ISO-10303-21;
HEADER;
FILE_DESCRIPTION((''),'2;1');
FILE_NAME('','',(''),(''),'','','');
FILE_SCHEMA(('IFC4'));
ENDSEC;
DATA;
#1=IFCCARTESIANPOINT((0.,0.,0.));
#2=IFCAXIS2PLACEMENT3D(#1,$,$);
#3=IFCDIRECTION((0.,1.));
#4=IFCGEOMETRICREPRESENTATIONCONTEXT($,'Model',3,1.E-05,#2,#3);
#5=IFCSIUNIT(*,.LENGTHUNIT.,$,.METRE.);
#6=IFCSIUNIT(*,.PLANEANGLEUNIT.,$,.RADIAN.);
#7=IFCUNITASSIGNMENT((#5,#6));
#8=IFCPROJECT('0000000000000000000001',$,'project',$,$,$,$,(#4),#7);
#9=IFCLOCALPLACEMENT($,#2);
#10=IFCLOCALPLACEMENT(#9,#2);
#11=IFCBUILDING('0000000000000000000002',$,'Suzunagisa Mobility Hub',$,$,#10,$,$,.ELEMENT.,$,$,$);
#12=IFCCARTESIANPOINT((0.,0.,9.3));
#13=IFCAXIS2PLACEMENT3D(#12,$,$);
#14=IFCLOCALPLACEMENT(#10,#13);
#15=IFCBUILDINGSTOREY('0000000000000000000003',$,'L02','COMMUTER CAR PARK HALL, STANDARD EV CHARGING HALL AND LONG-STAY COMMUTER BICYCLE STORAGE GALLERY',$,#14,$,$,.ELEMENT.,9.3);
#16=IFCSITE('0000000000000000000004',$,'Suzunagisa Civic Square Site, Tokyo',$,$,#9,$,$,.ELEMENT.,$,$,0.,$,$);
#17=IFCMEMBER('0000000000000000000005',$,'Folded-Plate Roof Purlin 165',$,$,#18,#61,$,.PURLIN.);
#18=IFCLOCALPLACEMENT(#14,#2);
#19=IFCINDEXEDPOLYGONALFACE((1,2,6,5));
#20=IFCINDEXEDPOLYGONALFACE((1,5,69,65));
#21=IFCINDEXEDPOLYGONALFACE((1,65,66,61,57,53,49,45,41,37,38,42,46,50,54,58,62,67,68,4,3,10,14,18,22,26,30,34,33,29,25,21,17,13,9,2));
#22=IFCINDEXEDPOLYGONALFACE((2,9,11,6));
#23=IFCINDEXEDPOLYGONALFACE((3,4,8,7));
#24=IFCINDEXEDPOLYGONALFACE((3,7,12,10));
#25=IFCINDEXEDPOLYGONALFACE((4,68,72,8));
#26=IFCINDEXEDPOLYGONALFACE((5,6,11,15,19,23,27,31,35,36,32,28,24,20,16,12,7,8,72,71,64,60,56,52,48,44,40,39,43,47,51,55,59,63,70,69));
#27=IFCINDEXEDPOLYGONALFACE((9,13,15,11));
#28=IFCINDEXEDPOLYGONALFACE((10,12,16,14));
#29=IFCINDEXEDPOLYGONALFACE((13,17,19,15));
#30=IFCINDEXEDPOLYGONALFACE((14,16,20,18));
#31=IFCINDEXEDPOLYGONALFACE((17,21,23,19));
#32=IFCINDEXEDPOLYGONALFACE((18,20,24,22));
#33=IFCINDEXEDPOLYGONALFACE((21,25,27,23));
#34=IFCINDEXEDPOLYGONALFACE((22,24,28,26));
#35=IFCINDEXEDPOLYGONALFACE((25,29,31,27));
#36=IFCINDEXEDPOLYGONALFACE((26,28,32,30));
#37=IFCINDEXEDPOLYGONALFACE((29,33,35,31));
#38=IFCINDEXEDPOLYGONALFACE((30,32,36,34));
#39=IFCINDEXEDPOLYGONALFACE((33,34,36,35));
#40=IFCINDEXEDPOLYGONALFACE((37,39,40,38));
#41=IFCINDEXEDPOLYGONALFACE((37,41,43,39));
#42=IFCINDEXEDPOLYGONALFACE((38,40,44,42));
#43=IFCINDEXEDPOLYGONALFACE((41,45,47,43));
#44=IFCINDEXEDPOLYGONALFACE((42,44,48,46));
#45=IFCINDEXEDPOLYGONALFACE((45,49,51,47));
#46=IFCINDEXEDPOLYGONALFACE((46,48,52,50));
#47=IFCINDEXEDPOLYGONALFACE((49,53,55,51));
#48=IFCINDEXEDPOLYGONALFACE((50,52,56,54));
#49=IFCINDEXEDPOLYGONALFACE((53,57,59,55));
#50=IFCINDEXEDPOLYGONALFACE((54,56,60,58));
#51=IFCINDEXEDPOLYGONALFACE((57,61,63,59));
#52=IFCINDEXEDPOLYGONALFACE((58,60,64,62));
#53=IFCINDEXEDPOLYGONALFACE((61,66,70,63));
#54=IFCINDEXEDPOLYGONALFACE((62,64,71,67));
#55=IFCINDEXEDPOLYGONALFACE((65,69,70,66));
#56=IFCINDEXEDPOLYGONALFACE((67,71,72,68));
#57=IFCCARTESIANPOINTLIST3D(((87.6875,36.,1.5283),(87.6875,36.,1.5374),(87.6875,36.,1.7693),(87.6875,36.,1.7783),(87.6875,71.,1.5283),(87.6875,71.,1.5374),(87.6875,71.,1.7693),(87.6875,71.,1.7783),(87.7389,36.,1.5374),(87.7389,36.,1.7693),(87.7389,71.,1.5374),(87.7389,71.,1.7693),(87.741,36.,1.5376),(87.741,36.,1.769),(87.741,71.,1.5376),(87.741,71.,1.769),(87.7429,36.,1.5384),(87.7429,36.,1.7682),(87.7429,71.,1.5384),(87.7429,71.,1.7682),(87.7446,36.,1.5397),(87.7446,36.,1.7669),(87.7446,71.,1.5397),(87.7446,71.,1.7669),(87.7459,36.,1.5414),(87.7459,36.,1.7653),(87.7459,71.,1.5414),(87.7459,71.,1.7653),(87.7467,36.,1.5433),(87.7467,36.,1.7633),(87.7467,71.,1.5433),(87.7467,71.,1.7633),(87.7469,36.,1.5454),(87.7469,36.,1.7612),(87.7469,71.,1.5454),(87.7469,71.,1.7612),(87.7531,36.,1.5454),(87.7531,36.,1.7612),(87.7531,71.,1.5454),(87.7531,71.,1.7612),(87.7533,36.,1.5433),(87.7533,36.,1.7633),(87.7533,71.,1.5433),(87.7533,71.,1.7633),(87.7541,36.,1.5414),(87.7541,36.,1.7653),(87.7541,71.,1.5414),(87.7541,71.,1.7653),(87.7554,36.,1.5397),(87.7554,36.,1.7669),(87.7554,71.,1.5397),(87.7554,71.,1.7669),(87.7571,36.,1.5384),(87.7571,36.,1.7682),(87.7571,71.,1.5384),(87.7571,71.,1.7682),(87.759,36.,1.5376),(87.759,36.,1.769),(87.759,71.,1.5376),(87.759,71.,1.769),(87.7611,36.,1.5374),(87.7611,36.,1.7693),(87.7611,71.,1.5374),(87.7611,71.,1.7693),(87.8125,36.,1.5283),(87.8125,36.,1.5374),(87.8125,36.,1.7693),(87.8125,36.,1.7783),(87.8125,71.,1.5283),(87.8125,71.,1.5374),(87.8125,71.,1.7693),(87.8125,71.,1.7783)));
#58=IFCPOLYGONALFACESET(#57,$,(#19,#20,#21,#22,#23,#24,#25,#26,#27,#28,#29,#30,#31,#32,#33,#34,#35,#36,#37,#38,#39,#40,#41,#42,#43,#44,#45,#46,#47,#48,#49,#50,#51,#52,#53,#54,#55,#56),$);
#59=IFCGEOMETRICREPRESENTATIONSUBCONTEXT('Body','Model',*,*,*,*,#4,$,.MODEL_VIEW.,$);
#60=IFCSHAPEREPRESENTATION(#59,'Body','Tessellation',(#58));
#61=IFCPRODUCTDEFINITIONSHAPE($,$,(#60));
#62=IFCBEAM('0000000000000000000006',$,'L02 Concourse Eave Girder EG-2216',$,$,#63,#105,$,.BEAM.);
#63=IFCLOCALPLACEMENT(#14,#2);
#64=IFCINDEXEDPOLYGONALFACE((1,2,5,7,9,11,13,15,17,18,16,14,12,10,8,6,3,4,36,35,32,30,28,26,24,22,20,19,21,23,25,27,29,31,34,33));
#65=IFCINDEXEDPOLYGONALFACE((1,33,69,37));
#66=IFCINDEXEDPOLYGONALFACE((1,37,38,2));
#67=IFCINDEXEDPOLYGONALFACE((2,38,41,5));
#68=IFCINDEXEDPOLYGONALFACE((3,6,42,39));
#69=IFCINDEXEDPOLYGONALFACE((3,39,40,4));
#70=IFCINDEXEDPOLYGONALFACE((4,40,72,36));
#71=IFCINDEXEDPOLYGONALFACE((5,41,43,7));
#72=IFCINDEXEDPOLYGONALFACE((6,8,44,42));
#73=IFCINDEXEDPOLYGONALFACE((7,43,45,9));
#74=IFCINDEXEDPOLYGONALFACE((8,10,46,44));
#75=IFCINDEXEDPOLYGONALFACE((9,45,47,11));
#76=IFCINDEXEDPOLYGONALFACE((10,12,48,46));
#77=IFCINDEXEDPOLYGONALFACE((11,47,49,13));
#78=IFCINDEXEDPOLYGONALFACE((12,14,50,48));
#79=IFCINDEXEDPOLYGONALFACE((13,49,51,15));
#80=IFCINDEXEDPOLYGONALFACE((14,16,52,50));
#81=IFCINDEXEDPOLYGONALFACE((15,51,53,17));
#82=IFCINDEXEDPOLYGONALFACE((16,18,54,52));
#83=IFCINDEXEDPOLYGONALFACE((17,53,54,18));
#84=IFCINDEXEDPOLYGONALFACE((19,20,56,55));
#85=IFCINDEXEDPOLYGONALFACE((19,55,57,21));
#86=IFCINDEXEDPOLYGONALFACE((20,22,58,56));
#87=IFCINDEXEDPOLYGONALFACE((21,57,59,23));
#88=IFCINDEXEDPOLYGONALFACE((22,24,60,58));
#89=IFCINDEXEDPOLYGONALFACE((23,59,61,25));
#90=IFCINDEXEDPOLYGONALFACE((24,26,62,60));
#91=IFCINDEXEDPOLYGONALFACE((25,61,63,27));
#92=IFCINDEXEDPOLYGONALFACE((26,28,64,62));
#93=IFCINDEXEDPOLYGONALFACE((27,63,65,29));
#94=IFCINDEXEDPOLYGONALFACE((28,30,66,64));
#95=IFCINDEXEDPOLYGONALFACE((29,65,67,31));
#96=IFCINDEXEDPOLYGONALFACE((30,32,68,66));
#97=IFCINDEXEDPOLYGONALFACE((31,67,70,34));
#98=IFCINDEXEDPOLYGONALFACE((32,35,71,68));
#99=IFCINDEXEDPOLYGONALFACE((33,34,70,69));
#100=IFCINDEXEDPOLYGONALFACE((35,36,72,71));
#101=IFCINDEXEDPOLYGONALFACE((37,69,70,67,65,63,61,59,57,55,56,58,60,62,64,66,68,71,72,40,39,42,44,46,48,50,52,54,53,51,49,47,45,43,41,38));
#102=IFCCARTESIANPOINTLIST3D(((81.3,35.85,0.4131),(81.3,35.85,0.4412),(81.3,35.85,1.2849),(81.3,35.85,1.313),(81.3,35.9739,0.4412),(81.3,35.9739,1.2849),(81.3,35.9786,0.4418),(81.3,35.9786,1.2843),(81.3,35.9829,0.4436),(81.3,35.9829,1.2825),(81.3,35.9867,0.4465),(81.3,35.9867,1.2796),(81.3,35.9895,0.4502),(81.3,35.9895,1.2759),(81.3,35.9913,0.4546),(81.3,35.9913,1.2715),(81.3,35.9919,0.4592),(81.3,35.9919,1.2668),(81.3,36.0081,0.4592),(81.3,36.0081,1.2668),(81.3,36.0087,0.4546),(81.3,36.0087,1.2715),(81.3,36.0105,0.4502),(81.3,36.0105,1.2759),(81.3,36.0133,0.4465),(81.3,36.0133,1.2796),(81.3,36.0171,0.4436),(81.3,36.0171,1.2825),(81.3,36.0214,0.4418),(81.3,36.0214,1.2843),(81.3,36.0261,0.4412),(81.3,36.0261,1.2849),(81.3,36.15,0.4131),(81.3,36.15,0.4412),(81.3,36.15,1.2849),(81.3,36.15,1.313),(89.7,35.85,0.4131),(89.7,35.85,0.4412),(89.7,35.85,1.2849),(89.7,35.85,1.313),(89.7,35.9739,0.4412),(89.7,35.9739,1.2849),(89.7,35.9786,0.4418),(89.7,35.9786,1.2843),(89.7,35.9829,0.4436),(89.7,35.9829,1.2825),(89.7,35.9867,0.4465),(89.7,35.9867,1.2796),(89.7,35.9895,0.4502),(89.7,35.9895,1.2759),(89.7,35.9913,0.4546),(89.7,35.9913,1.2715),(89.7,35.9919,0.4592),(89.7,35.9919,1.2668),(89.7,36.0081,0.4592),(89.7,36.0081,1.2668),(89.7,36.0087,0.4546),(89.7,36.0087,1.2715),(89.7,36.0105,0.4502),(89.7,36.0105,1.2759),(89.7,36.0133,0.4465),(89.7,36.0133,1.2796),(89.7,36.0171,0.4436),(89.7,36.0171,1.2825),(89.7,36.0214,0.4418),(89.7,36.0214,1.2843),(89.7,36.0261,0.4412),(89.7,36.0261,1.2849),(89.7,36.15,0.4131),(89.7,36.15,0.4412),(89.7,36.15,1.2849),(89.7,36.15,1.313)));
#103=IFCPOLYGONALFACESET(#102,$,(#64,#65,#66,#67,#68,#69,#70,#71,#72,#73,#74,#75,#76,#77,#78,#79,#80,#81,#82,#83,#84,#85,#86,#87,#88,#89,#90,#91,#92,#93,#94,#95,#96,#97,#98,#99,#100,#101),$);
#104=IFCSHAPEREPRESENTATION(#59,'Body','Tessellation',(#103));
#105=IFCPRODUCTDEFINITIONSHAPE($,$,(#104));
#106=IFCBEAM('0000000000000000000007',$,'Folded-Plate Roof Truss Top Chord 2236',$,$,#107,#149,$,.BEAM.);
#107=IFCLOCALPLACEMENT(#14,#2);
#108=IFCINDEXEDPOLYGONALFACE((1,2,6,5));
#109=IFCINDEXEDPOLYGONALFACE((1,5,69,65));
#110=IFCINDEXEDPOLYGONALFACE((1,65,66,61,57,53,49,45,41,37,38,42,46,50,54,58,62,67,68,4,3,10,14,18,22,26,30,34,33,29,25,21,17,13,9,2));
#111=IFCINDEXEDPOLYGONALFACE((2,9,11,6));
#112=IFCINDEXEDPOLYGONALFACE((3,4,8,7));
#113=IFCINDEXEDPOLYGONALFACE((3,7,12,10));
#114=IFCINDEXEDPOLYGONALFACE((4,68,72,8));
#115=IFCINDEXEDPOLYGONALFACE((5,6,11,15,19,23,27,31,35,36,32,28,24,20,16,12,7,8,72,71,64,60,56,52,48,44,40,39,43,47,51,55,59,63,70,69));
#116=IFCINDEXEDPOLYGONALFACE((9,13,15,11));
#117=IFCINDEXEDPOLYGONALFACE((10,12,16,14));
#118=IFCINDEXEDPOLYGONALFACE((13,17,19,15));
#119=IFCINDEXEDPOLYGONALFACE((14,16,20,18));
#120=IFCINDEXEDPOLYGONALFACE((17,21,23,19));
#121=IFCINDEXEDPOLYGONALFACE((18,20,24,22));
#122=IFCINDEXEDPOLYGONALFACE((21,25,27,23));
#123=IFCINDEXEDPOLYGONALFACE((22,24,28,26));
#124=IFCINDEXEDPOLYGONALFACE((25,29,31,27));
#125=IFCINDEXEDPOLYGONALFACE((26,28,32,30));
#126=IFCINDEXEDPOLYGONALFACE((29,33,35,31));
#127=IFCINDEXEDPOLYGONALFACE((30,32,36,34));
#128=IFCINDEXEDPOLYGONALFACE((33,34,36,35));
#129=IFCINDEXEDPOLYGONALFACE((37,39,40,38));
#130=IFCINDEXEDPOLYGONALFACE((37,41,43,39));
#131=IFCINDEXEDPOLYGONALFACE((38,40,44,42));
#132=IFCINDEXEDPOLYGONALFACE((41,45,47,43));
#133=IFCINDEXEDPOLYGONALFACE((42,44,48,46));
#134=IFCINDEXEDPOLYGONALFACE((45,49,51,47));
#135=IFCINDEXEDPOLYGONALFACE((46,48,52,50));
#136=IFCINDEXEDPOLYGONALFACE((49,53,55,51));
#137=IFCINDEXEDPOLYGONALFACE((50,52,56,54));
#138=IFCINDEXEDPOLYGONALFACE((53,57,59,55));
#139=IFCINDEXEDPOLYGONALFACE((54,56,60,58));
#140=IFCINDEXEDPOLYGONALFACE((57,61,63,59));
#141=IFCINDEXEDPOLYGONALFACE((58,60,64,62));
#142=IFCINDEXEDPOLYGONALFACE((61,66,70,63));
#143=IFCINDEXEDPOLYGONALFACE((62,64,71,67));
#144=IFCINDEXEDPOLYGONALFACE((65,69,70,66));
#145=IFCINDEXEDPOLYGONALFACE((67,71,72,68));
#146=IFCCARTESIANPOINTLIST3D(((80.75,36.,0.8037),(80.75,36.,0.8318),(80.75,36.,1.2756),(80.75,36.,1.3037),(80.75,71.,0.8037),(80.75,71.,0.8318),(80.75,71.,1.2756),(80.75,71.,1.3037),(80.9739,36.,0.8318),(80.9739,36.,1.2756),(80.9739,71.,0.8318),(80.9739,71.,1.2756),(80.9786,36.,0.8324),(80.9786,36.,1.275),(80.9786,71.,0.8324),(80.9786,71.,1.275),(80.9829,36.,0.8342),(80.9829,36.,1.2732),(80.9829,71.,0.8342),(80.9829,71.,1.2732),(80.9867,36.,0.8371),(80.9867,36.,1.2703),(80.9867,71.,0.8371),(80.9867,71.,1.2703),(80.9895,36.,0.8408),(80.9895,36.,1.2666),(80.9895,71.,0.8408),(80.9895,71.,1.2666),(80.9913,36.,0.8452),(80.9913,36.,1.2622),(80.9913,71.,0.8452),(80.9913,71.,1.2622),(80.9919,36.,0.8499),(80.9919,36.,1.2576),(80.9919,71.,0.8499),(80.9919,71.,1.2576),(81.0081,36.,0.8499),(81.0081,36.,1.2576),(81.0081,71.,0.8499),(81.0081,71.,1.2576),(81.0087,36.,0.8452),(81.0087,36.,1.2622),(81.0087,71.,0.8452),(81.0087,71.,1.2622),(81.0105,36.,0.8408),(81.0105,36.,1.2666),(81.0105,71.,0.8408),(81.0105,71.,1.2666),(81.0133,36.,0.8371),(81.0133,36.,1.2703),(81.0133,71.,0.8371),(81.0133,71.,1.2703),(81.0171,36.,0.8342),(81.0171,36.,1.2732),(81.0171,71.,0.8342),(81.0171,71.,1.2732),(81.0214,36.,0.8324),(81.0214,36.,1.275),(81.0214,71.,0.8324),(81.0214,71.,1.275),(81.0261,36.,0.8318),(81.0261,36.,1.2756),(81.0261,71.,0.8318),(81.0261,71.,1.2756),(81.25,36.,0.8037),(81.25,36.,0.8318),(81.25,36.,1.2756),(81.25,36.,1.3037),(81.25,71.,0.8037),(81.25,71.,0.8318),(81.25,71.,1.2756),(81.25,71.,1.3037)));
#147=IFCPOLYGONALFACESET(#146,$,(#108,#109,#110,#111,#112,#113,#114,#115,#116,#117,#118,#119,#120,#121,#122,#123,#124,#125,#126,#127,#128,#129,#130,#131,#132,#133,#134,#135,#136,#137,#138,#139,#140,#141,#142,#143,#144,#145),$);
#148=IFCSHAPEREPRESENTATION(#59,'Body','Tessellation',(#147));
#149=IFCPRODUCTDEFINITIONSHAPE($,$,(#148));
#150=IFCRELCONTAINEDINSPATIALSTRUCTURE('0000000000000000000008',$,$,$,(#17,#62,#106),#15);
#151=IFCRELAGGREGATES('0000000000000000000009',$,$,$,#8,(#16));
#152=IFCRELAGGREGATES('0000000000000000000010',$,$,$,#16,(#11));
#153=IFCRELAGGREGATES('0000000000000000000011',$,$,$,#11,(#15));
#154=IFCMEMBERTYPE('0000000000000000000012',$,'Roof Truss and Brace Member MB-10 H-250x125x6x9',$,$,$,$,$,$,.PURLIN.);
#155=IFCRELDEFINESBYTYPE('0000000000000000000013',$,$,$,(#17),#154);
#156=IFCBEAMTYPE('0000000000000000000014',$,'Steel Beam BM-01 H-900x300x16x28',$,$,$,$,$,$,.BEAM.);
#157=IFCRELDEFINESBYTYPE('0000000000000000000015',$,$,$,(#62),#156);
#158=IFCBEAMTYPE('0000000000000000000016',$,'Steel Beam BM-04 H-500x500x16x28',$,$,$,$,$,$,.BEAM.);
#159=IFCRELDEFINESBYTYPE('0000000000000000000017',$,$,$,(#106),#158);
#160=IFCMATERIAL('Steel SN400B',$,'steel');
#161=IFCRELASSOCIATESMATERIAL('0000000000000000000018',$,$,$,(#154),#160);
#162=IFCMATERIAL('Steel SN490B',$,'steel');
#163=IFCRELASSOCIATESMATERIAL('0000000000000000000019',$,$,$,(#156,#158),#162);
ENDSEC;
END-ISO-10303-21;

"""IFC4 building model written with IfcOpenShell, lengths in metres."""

from ifc_helpers import new_model, si_unit, direction, frame, origin, origin_2d, place, context, subcontext, project, spatial, i_section, extrude, material, material_profile, profile_set, type_object, element, save


model = new_model("IFC4")

# Units and contexts
model_context = context("Model", 3, precision=1e-05, world=origin(), true_north=direction((0.0, 1.0)))
body_context = subcontext(model_context, "Body", "Model", "MODEL_VIEW")
ifc_project = project(units=[si_unit("LENGTHUNIT", "METRE"), si_unit("PLANEANGLEUNIT", "RADIAN")], contexts=[model_context])

# Site, building, storey
site_placement = place(None, origin())
site = spatial("IfcSite", under=ifc_project, at=site_placement, Name="Suzunagisa Civic Square Site, Tokyo", CompositionType="ELEMENT", RefElevation=0.0)
building_placement = place(site_placement, origin())
building = spatial("IfcBuilding", under=site, at=building_placement, Name="Suzunagisa Mobility Hub", CompositionType="ELEMENT")
storey_placement = place(building_placement, frame((0.0, 0.0, 9.3)))
storey = spatial("IfcBuildingStorey", under=building, at=storey_placement, Name="L02", Description="COMMUTER CAR PARK HALL, STANDARD EV CHARGING HALL AND LONG-STAY COMMUTER BICYCLE STORAGE GALLERY", CompositionType="ELEMENT", Elevation=9.3)

# Shared definitions
ifc_material_1 = material(Name="Steel SN490B", Category="steel")

# Member
ifc_material_2 = material(Name="Steel SN400B", Category="steel")
ifc_material_profile_1 = material_profile(ifc_material_2, i_section(OverallWidth=0.125, OverallDepth=0.25, WebThickness=0.0061, FlangeThickness=0.009, FilletRadius=0.0081, at=origin_2d()), Name="H-250x125x6x9")
ifc_profile_set_1 = profile_set([ifc_material_profile_1], Name="Steel SN400B")
member_type_1 = type_object("IfcMemberType", Name="Roof Truss and Brace Member MB-10 H-250x125x6x9", PredefinedType="PURLIN", material=ifc_profile_set_1)
for number, where, z_axis, x_axis, name in (
    (1, (87.75, 36.0, 1.6533), (0.0, 1.0, 0.0), (-1.0, 0.0, 0.0), "Folded-Plate Roof Purlin 165"),
):
    element("IfcMember", number, at=place(storey_placement, frame(where, z_axis=z_axis, x_axis=x_axis)), inside=storey, type_object=member_type_1, Name=name, PredefinedType="PURLIN", context=body_context, shape_type="SweptSolid", body=[
        extrude(i_section(OverallWidth=0.125, OverallDepth=0.25, WebThickness=0.0061, FlangeThickness=0.009, FilletRadius=0.0081, at=origin_2d()), origin(), (0.0, 0.0, 1.0), 35.0),
    ])

# Beams
ifc_material_profile_2 = material_profile(ifc_material_1, i_section(OverallWidth=0.3, OverallDepth=0.8999, WebThickness=0.0161, FlangeThickness=0.0281, FilletRadius=0.0181, at=origin_2d()), Name="H-900x300x16x28")
ifc_profile_set_2 = profile_set([ifc_material_profile_2], Name="Steel SN490B")
beam_type_1 = type_object("IfcBeamType", Name="Steel Beam BM-01 H-900x300x16x28", PredefinedType="BEAM", material=ifc_profile_set_2)
beam_1_placement = place(storey_placement, frame((81.3, 36.0, 0.863), z_axis=(1.0, 0.0, 0.0), x_axis=(0.0, 1.0, 0.0)))
element("IfcBeam", 2, at=beam_1_placement, inside=storey, type_object=beam_type_1, Name="L02 Concourse Eave Girder EG-2216", PredefinedType="BEAM", context=body_context, shape_type="SweptSolid", body=[
    extrude(i_section(OverallWidth=0.3, OverallDepth=0.8999, WebThickness=0.0161, FlangeThickness=0.0281, FilletRadius=0.0181, at=origin_2d()), origin(), (0.0, 0.0, 1.0), 8.3999),
])
ifc_material_profile_3 = material_profile(ifc_material_1, i_section(OverallWidth=0.5, OverallDepth=0.5, WebThickness=0.0161, FlangeThickness=0.0281, FilletRadius=0.0181, at=origin_2d()), Name="H-500x500x16x28")
ifc_profile_set_3 = profile_set([ifc_material_profile_3], Name="Steel SN490B")
beam_type_2 = type_object("IfcBeamType", Name="Steel Beam BM-04 H-500x500x16x28", PredefinedType="BEAM", material=ifc_profile_set_3)
beam_2_placement = place(storey_placement, frame((81.0, 36.0, 1.0537), z_axis=(0.0, 1.0, 0.0), x_axis=(-1.0, 0.0, 0.0)))
element("IfcBeam", 3, at=beam_2_placement, inside=storey, type_object=beam_type_2, Name="Folded-Plate Roof Truss Top Chord 2236", PredefinedType="BEAM", context=body_context, shape_type="SweptSolid", body=[
    extrude(i_section(OverallWidth=0.5, OverallDepth=0.5, WebThickness=0.0161, FlangeThickness=0.0281, FilletRadius=0.0181, at=origin_2d()), origin(), (0.0, 0.0, 1.0), 35.0),
])

save(model, "model.ifc")
